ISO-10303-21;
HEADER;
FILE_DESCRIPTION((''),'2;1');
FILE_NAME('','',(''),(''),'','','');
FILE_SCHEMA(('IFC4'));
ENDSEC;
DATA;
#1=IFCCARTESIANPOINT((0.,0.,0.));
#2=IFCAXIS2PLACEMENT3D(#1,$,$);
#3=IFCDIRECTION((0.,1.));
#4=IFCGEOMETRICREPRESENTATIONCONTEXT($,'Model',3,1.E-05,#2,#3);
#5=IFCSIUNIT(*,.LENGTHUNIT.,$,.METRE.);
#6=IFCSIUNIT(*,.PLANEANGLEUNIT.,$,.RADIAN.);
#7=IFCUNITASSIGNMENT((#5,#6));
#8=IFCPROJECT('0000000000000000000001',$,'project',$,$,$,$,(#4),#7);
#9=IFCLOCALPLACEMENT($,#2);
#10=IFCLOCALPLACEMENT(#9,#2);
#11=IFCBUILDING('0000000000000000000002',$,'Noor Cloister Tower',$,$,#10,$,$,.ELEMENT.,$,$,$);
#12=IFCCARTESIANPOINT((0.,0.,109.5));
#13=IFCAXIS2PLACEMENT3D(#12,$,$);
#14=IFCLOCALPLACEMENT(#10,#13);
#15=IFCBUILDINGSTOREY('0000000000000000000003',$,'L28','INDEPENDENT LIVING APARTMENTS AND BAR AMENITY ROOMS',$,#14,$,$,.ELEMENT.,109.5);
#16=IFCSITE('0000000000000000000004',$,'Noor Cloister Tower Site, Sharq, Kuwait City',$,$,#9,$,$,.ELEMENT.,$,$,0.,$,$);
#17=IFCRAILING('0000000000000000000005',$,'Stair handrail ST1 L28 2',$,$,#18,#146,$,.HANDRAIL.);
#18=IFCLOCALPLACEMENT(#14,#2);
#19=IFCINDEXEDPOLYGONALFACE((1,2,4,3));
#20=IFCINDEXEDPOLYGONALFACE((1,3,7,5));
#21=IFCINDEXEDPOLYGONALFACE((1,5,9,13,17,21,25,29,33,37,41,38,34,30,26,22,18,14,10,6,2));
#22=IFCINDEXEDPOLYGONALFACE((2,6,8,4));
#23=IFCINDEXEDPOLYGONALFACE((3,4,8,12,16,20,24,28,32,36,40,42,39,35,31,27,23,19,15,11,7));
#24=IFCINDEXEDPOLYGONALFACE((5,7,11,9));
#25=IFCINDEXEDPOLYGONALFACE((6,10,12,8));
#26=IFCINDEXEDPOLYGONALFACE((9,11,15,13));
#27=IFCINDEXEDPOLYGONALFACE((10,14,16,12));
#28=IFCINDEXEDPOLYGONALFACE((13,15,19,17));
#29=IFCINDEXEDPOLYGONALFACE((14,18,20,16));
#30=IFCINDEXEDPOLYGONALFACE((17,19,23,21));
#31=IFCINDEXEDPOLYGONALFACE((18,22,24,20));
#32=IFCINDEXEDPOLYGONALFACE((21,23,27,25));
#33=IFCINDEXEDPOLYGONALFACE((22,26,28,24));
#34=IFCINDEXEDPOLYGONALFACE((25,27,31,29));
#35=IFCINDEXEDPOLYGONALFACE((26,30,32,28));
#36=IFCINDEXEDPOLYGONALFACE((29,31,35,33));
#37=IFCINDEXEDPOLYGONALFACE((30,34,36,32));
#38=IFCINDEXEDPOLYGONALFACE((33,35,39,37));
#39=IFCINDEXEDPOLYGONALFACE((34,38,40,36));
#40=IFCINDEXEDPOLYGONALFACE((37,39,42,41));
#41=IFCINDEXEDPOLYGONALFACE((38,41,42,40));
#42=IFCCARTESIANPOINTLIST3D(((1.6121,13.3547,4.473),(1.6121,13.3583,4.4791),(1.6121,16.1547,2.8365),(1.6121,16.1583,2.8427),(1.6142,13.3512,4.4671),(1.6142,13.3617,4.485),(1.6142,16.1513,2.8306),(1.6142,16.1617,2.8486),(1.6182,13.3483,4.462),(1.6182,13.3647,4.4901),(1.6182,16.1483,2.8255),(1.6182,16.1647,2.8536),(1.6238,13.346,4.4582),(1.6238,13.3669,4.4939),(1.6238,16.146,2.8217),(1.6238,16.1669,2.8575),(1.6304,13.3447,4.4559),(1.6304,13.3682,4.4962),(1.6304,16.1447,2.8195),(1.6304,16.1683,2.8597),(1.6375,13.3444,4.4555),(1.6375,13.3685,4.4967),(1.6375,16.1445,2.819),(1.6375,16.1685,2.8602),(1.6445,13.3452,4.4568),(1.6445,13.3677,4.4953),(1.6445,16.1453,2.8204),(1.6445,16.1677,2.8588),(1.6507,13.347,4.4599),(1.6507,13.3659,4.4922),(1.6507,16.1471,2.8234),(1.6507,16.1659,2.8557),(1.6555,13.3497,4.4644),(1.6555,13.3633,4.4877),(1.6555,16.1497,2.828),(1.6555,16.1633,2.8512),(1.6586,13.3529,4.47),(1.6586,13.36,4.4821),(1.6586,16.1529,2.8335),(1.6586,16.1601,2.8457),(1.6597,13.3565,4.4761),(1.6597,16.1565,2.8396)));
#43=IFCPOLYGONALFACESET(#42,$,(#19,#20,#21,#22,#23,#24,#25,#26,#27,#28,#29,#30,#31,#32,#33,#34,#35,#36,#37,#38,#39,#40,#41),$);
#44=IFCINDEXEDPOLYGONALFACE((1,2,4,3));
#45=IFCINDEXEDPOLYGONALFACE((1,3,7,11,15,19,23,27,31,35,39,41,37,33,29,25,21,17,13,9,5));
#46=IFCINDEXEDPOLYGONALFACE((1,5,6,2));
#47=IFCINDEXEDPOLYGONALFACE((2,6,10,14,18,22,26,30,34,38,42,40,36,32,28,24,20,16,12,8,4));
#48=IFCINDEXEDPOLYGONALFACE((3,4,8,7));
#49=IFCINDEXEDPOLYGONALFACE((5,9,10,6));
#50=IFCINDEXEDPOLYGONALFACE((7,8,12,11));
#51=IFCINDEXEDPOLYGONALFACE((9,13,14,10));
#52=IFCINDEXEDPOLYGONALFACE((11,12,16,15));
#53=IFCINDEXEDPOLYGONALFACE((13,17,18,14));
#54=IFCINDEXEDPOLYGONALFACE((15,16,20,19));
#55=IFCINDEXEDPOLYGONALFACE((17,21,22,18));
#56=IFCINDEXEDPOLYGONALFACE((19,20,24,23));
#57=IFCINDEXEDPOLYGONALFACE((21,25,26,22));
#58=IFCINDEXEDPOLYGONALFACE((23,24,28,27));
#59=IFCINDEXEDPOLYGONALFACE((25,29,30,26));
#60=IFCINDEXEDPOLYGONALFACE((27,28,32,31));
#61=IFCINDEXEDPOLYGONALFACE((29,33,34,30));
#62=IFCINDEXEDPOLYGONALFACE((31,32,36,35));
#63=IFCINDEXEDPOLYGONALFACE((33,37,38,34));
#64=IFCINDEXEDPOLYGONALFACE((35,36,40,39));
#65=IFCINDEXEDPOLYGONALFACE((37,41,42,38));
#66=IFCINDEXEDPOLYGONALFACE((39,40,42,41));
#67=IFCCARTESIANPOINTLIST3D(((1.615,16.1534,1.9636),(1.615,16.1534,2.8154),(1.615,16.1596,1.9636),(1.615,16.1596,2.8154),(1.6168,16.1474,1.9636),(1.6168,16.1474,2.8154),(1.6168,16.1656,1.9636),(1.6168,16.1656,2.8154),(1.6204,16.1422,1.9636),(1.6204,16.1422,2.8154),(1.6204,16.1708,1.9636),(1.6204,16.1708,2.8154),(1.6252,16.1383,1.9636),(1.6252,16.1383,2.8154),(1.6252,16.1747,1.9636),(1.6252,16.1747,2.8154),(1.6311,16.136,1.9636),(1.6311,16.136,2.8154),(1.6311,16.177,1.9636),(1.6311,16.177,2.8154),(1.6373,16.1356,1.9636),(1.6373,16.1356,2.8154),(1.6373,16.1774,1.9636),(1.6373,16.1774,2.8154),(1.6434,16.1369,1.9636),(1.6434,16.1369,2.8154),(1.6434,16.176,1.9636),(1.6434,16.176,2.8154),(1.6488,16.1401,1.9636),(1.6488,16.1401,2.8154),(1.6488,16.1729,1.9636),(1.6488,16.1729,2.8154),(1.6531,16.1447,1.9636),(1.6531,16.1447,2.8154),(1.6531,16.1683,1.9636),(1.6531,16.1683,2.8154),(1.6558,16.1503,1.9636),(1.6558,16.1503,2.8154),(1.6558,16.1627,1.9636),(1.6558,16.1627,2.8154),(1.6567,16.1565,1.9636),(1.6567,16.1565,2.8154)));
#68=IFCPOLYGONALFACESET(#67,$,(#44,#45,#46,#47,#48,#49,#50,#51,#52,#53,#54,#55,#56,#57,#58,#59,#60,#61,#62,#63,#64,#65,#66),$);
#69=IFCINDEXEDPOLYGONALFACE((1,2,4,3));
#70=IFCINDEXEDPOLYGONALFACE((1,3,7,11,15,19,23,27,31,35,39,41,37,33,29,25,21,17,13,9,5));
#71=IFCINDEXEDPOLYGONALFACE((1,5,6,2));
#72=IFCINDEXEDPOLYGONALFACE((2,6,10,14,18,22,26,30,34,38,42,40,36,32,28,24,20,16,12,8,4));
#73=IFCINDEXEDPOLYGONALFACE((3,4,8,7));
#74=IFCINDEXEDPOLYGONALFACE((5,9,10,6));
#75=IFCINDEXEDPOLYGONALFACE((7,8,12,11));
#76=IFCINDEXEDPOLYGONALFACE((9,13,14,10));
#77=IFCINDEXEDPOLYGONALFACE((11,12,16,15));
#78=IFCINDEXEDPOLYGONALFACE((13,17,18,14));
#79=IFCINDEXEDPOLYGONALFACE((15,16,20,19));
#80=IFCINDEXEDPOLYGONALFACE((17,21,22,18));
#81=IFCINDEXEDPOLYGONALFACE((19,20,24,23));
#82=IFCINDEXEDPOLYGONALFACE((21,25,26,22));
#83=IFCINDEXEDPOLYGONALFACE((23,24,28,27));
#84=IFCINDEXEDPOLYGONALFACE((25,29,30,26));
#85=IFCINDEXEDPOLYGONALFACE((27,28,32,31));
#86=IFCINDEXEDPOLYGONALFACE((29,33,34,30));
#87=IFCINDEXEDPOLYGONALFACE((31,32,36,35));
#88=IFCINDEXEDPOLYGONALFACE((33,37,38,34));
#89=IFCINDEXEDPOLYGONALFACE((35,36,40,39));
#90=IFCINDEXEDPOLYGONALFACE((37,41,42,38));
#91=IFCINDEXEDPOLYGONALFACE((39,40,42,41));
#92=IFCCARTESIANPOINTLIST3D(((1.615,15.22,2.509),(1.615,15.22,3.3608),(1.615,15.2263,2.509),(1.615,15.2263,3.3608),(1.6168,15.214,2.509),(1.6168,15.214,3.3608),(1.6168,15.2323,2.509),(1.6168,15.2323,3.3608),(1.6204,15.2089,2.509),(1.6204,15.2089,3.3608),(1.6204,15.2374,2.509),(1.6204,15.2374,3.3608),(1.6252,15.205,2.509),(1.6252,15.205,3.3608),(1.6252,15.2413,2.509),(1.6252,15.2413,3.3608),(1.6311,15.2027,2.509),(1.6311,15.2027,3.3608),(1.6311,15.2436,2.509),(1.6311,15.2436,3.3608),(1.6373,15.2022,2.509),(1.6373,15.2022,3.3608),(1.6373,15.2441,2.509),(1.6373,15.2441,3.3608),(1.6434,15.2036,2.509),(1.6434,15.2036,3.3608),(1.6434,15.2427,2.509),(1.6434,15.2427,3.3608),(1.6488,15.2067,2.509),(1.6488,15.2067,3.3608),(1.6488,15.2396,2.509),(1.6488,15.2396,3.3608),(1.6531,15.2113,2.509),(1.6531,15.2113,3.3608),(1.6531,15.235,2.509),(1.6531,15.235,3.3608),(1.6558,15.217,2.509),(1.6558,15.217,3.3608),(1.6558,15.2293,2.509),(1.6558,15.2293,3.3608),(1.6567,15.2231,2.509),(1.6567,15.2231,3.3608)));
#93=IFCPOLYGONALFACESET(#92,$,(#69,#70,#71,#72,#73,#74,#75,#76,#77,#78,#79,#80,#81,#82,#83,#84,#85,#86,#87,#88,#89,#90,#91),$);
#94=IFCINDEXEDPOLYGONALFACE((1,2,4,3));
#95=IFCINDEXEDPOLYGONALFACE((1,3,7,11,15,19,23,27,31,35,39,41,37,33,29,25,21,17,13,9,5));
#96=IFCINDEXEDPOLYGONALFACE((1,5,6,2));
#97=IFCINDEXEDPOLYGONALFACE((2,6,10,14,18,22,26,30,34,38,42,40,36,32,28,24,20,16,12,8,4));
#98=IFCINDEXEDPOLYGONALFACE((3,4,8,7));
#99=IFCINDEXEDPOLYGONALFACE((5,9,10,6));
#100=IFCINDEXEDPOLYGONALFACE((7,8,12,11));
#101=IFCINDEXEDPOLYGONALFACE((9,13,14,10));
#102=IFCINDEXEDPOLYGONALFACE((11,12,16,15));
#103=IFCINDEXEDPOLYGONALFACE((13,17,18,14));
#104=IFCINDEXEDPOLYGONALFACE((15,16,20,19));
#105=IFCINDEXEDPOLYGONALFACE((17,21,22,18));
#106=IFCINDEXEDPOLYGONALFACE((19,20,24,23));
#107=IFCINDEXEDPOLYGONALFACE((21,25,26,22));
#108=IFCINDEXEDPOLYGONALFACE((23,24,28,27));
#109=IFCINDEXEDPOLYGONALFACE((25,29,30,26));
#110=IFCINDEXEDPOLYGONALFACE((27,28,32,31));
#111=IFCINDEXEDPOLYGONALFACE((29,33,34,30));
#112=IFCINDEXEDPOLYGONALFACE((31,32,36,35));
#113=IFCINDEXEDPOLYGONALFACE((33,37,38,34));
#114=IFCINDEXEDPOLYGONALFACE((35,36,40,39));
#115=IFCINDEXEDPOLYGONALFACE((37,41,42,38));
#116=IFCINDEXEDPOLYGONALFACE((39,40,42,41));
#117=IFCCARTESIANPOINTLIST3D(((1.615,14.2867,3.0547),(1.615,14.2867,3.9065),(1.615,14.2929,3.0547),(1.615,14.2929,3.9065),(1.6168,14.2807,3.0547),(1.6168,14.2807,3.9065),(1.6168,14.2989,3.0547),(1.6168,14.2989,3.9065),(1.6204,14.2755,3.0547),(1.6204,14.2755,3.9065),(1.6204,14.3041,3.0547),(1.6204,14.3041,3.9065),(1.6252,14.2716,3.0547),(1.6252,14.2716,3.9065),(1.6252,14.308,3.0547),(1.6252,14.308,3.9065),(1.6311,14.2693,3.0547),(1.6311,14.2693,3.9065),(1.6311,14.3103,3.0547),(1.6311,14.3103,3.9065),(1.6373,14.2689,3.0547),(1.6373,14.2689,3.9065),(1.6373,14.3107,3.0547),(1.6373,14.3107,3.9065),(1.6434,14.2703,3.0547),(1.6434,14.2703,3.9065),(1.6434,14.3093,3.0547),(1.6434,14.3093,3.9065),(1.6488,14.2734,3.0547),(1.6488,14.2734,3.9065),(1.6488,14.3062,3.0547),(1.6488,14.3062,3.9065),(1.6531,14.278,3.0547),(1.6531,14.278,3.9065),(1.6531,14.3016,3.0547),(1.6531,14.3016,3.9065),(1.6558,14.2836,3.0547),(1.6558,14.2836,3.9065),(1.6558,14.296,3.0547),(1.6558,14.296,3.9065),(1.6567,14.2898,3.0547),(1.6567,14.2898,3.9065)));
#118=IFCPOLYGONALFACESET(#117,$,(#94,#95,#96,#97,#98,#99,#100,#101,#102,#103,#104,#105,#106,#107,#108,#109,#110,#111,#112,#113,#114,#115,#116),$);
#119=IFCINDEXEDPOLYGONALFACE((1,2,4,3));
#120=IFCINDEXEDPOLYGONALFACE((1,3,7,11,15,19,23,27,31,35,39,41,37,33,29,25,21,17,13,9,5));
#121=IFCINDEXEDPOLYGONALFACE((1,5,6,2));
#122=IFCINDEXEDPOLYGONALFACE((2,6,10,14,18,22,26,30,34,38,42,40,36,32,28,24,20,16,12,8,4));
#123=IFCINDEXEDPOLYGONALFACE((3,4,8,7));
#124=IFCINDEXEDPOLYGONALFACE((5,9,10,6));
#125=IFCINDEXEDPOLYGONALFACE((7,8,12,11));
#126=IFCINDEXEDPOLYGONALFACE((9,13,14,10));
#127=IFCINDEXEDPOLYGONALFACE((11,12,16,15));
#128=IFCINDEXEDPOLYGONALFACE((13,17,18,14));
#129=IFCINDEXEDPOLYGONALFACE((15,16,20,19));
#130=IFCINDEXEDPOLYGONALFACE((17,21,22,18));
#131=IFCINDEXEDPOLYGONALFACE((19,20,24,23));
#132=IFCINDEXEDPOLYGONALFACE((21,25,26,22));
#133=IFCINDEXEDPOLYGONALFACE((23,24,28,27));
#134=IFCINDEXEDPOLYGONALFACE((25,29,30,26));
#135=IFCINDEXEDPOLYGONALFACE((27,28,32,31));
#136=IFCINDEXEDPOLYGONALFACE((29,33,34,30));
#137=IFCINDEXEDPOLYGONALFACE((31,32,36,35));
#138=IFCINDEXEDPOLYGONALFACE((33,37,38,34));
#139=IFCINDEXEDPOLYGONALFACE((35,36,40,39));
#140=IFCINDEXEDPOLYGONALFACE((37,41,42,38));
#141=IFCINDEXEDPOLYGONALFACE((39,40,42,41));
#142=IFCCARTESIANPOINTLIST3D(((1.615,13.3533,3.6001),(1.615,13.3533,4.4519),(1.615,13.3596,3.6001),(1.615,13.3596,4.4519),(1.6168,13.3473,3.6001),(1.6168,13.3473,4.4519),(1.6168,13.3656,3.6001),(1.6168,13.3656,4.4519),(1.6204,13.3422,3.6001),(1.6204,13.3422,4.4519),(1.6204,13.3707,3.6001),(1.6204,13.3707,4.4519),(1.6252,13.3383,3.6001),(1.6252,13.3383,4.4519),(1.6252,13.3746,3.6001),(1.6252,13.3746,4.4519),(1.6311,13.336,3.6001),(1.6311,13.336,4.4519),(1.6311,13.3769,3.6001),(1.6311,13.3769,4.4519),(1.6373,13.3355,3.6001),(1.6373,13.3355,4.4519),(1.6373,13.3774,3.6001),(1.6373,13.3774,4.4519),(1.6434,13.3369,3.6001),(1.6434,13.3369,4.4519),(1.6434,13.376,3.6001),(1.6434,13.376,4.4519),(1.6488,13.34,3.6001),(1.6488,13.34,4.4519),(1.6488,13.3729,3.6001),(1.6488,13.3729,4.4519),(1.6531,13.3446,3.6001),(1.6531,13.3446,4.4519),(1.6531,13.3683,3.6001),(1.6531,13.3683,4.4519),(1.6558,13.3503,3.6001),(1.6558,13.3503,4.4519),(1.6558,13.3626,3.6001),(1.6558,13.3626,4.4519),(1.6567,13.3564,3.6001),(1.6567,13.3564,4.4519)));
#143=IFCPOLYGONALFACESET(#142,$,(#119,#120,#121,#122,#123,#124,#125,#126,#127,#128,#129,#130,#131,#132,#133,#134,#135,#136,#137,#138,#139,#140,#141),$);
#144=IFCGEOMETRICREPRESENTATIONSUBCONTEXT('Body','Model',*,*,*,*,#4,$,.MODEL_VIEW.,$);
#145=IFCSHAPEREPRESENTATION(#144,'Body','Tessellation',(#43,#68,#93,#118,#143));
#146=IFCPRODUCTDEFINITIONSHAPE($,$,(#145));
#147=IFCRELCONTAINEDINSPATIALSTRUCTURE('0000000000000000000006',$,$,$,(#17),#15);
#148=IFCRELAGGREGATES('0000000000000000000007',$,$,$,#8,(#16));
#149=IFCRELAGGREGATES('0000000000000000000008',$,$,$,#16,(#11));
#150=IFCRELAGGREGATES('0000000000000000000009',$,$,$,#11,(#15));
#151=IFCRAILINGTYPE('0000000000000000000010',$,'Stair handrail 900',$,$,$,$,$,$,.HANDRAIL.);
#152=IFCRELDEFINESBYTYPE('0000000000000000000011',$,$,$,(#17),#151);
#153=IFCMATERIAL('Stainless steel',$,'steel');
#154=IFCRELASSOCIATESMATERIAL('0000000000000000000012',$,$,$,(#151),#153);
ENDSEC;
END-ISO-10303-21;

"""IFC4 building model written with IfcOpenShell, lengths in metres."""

from ifc_helpers import new_model, si_unit, direction, frame, origin, origin_2d, place, context, subcontext, project, spatial, circle, extrude, material, type_object, element, save


model = new_model("IFC4")

# Units and contexts
model_context = context("Model", 3, precision=1e-05, world=origin(), true_north=direction((0.0, 1.0)))
body_context = subcontext(model_context, "Body", "Model", "MODEL_VIEW")
ifc_project = project(units=[si_unit("LENGTHUNIT", "METRE"), si_unit("PLANEANGLEUNIT", "RADIAN")], contexts=[model_context])

# Site, building, storey
site_placement = place(None, origin())
site = spatial("IfcSite", under=ifc_project, at=site_placement, Name="Noor Cloister Tower Site, Sharq, Kuwait City", CompositionType="ELEMENT", RefElevation=0.0)
building_placement = place(site_placement, origin())
building = spatial("IfcBuilding", under=site, at=building_placement, Name="Noor Cloister Tower", CompositionType="ELEMENT")
storey_placement = place(building_placement, frame((0.0, 0.0, 109.5)))
storey = spatial("IfcBuildingStorey", under=building, at=storey_placement, Name="L28", Description="INDEPENDENT LIVING APARTMENTS AND BAR AMENITY ROOMS", CompositionType="ELEMENT", Elevation=109.5)

# Railing
ifc_material_1 = material(Name="Stainless steel", Category="steel")
railing_type_1 = type_object("IfcRailingType", Name="Stair handrail 900", PredefinedType="HANDRAIL", material=ifc_material_1)
railing_1_placement = place(storey_placement, frame((1.6357, 16.1565, 1.9636)))
element("IfcRailing", 1, at=railing_1_placement, inside=storey, type_object=railing_type_1, Name="Stair handrail ST1 L28 2", PredefinedType="HANDRAIL", context=body_context, shape_type="SweptSolid", body=[
    extrude(circle(Radius=0.0239, at=origin_2d()), frame((0.0, 0.0, 0.876), z_axis=(0.0, -0.863361, 0.504587), x_axis=(1.0, 0.0, 0.0)), (0.0, 0.0, 1.0), 3.2432),
    extrude(circle(Radius=0.021, at=origin_2d()), origin(), (0.0, 0.0, 1.0), 0.8518),
    extrude(circle(Radius=0.021, at=origin_2d()), frame((0.0, -0.9333, 0.5454)), (0.0, 0.0, 1.0), 0.8518),
    extrude(circle(Radius=0.021, at=origin_2d()), frame((0.0, -1.8667, 1.0911)), (0.0, 0.0, 1.0), 0.8518),
    extrude(circle(Radius=0.021, at=origin_2d()), frame((0.0, -2.8, 1.6365)), (0.0, 0.0, 1.0), 0.8518),
])

save(model, "model.ifc")
